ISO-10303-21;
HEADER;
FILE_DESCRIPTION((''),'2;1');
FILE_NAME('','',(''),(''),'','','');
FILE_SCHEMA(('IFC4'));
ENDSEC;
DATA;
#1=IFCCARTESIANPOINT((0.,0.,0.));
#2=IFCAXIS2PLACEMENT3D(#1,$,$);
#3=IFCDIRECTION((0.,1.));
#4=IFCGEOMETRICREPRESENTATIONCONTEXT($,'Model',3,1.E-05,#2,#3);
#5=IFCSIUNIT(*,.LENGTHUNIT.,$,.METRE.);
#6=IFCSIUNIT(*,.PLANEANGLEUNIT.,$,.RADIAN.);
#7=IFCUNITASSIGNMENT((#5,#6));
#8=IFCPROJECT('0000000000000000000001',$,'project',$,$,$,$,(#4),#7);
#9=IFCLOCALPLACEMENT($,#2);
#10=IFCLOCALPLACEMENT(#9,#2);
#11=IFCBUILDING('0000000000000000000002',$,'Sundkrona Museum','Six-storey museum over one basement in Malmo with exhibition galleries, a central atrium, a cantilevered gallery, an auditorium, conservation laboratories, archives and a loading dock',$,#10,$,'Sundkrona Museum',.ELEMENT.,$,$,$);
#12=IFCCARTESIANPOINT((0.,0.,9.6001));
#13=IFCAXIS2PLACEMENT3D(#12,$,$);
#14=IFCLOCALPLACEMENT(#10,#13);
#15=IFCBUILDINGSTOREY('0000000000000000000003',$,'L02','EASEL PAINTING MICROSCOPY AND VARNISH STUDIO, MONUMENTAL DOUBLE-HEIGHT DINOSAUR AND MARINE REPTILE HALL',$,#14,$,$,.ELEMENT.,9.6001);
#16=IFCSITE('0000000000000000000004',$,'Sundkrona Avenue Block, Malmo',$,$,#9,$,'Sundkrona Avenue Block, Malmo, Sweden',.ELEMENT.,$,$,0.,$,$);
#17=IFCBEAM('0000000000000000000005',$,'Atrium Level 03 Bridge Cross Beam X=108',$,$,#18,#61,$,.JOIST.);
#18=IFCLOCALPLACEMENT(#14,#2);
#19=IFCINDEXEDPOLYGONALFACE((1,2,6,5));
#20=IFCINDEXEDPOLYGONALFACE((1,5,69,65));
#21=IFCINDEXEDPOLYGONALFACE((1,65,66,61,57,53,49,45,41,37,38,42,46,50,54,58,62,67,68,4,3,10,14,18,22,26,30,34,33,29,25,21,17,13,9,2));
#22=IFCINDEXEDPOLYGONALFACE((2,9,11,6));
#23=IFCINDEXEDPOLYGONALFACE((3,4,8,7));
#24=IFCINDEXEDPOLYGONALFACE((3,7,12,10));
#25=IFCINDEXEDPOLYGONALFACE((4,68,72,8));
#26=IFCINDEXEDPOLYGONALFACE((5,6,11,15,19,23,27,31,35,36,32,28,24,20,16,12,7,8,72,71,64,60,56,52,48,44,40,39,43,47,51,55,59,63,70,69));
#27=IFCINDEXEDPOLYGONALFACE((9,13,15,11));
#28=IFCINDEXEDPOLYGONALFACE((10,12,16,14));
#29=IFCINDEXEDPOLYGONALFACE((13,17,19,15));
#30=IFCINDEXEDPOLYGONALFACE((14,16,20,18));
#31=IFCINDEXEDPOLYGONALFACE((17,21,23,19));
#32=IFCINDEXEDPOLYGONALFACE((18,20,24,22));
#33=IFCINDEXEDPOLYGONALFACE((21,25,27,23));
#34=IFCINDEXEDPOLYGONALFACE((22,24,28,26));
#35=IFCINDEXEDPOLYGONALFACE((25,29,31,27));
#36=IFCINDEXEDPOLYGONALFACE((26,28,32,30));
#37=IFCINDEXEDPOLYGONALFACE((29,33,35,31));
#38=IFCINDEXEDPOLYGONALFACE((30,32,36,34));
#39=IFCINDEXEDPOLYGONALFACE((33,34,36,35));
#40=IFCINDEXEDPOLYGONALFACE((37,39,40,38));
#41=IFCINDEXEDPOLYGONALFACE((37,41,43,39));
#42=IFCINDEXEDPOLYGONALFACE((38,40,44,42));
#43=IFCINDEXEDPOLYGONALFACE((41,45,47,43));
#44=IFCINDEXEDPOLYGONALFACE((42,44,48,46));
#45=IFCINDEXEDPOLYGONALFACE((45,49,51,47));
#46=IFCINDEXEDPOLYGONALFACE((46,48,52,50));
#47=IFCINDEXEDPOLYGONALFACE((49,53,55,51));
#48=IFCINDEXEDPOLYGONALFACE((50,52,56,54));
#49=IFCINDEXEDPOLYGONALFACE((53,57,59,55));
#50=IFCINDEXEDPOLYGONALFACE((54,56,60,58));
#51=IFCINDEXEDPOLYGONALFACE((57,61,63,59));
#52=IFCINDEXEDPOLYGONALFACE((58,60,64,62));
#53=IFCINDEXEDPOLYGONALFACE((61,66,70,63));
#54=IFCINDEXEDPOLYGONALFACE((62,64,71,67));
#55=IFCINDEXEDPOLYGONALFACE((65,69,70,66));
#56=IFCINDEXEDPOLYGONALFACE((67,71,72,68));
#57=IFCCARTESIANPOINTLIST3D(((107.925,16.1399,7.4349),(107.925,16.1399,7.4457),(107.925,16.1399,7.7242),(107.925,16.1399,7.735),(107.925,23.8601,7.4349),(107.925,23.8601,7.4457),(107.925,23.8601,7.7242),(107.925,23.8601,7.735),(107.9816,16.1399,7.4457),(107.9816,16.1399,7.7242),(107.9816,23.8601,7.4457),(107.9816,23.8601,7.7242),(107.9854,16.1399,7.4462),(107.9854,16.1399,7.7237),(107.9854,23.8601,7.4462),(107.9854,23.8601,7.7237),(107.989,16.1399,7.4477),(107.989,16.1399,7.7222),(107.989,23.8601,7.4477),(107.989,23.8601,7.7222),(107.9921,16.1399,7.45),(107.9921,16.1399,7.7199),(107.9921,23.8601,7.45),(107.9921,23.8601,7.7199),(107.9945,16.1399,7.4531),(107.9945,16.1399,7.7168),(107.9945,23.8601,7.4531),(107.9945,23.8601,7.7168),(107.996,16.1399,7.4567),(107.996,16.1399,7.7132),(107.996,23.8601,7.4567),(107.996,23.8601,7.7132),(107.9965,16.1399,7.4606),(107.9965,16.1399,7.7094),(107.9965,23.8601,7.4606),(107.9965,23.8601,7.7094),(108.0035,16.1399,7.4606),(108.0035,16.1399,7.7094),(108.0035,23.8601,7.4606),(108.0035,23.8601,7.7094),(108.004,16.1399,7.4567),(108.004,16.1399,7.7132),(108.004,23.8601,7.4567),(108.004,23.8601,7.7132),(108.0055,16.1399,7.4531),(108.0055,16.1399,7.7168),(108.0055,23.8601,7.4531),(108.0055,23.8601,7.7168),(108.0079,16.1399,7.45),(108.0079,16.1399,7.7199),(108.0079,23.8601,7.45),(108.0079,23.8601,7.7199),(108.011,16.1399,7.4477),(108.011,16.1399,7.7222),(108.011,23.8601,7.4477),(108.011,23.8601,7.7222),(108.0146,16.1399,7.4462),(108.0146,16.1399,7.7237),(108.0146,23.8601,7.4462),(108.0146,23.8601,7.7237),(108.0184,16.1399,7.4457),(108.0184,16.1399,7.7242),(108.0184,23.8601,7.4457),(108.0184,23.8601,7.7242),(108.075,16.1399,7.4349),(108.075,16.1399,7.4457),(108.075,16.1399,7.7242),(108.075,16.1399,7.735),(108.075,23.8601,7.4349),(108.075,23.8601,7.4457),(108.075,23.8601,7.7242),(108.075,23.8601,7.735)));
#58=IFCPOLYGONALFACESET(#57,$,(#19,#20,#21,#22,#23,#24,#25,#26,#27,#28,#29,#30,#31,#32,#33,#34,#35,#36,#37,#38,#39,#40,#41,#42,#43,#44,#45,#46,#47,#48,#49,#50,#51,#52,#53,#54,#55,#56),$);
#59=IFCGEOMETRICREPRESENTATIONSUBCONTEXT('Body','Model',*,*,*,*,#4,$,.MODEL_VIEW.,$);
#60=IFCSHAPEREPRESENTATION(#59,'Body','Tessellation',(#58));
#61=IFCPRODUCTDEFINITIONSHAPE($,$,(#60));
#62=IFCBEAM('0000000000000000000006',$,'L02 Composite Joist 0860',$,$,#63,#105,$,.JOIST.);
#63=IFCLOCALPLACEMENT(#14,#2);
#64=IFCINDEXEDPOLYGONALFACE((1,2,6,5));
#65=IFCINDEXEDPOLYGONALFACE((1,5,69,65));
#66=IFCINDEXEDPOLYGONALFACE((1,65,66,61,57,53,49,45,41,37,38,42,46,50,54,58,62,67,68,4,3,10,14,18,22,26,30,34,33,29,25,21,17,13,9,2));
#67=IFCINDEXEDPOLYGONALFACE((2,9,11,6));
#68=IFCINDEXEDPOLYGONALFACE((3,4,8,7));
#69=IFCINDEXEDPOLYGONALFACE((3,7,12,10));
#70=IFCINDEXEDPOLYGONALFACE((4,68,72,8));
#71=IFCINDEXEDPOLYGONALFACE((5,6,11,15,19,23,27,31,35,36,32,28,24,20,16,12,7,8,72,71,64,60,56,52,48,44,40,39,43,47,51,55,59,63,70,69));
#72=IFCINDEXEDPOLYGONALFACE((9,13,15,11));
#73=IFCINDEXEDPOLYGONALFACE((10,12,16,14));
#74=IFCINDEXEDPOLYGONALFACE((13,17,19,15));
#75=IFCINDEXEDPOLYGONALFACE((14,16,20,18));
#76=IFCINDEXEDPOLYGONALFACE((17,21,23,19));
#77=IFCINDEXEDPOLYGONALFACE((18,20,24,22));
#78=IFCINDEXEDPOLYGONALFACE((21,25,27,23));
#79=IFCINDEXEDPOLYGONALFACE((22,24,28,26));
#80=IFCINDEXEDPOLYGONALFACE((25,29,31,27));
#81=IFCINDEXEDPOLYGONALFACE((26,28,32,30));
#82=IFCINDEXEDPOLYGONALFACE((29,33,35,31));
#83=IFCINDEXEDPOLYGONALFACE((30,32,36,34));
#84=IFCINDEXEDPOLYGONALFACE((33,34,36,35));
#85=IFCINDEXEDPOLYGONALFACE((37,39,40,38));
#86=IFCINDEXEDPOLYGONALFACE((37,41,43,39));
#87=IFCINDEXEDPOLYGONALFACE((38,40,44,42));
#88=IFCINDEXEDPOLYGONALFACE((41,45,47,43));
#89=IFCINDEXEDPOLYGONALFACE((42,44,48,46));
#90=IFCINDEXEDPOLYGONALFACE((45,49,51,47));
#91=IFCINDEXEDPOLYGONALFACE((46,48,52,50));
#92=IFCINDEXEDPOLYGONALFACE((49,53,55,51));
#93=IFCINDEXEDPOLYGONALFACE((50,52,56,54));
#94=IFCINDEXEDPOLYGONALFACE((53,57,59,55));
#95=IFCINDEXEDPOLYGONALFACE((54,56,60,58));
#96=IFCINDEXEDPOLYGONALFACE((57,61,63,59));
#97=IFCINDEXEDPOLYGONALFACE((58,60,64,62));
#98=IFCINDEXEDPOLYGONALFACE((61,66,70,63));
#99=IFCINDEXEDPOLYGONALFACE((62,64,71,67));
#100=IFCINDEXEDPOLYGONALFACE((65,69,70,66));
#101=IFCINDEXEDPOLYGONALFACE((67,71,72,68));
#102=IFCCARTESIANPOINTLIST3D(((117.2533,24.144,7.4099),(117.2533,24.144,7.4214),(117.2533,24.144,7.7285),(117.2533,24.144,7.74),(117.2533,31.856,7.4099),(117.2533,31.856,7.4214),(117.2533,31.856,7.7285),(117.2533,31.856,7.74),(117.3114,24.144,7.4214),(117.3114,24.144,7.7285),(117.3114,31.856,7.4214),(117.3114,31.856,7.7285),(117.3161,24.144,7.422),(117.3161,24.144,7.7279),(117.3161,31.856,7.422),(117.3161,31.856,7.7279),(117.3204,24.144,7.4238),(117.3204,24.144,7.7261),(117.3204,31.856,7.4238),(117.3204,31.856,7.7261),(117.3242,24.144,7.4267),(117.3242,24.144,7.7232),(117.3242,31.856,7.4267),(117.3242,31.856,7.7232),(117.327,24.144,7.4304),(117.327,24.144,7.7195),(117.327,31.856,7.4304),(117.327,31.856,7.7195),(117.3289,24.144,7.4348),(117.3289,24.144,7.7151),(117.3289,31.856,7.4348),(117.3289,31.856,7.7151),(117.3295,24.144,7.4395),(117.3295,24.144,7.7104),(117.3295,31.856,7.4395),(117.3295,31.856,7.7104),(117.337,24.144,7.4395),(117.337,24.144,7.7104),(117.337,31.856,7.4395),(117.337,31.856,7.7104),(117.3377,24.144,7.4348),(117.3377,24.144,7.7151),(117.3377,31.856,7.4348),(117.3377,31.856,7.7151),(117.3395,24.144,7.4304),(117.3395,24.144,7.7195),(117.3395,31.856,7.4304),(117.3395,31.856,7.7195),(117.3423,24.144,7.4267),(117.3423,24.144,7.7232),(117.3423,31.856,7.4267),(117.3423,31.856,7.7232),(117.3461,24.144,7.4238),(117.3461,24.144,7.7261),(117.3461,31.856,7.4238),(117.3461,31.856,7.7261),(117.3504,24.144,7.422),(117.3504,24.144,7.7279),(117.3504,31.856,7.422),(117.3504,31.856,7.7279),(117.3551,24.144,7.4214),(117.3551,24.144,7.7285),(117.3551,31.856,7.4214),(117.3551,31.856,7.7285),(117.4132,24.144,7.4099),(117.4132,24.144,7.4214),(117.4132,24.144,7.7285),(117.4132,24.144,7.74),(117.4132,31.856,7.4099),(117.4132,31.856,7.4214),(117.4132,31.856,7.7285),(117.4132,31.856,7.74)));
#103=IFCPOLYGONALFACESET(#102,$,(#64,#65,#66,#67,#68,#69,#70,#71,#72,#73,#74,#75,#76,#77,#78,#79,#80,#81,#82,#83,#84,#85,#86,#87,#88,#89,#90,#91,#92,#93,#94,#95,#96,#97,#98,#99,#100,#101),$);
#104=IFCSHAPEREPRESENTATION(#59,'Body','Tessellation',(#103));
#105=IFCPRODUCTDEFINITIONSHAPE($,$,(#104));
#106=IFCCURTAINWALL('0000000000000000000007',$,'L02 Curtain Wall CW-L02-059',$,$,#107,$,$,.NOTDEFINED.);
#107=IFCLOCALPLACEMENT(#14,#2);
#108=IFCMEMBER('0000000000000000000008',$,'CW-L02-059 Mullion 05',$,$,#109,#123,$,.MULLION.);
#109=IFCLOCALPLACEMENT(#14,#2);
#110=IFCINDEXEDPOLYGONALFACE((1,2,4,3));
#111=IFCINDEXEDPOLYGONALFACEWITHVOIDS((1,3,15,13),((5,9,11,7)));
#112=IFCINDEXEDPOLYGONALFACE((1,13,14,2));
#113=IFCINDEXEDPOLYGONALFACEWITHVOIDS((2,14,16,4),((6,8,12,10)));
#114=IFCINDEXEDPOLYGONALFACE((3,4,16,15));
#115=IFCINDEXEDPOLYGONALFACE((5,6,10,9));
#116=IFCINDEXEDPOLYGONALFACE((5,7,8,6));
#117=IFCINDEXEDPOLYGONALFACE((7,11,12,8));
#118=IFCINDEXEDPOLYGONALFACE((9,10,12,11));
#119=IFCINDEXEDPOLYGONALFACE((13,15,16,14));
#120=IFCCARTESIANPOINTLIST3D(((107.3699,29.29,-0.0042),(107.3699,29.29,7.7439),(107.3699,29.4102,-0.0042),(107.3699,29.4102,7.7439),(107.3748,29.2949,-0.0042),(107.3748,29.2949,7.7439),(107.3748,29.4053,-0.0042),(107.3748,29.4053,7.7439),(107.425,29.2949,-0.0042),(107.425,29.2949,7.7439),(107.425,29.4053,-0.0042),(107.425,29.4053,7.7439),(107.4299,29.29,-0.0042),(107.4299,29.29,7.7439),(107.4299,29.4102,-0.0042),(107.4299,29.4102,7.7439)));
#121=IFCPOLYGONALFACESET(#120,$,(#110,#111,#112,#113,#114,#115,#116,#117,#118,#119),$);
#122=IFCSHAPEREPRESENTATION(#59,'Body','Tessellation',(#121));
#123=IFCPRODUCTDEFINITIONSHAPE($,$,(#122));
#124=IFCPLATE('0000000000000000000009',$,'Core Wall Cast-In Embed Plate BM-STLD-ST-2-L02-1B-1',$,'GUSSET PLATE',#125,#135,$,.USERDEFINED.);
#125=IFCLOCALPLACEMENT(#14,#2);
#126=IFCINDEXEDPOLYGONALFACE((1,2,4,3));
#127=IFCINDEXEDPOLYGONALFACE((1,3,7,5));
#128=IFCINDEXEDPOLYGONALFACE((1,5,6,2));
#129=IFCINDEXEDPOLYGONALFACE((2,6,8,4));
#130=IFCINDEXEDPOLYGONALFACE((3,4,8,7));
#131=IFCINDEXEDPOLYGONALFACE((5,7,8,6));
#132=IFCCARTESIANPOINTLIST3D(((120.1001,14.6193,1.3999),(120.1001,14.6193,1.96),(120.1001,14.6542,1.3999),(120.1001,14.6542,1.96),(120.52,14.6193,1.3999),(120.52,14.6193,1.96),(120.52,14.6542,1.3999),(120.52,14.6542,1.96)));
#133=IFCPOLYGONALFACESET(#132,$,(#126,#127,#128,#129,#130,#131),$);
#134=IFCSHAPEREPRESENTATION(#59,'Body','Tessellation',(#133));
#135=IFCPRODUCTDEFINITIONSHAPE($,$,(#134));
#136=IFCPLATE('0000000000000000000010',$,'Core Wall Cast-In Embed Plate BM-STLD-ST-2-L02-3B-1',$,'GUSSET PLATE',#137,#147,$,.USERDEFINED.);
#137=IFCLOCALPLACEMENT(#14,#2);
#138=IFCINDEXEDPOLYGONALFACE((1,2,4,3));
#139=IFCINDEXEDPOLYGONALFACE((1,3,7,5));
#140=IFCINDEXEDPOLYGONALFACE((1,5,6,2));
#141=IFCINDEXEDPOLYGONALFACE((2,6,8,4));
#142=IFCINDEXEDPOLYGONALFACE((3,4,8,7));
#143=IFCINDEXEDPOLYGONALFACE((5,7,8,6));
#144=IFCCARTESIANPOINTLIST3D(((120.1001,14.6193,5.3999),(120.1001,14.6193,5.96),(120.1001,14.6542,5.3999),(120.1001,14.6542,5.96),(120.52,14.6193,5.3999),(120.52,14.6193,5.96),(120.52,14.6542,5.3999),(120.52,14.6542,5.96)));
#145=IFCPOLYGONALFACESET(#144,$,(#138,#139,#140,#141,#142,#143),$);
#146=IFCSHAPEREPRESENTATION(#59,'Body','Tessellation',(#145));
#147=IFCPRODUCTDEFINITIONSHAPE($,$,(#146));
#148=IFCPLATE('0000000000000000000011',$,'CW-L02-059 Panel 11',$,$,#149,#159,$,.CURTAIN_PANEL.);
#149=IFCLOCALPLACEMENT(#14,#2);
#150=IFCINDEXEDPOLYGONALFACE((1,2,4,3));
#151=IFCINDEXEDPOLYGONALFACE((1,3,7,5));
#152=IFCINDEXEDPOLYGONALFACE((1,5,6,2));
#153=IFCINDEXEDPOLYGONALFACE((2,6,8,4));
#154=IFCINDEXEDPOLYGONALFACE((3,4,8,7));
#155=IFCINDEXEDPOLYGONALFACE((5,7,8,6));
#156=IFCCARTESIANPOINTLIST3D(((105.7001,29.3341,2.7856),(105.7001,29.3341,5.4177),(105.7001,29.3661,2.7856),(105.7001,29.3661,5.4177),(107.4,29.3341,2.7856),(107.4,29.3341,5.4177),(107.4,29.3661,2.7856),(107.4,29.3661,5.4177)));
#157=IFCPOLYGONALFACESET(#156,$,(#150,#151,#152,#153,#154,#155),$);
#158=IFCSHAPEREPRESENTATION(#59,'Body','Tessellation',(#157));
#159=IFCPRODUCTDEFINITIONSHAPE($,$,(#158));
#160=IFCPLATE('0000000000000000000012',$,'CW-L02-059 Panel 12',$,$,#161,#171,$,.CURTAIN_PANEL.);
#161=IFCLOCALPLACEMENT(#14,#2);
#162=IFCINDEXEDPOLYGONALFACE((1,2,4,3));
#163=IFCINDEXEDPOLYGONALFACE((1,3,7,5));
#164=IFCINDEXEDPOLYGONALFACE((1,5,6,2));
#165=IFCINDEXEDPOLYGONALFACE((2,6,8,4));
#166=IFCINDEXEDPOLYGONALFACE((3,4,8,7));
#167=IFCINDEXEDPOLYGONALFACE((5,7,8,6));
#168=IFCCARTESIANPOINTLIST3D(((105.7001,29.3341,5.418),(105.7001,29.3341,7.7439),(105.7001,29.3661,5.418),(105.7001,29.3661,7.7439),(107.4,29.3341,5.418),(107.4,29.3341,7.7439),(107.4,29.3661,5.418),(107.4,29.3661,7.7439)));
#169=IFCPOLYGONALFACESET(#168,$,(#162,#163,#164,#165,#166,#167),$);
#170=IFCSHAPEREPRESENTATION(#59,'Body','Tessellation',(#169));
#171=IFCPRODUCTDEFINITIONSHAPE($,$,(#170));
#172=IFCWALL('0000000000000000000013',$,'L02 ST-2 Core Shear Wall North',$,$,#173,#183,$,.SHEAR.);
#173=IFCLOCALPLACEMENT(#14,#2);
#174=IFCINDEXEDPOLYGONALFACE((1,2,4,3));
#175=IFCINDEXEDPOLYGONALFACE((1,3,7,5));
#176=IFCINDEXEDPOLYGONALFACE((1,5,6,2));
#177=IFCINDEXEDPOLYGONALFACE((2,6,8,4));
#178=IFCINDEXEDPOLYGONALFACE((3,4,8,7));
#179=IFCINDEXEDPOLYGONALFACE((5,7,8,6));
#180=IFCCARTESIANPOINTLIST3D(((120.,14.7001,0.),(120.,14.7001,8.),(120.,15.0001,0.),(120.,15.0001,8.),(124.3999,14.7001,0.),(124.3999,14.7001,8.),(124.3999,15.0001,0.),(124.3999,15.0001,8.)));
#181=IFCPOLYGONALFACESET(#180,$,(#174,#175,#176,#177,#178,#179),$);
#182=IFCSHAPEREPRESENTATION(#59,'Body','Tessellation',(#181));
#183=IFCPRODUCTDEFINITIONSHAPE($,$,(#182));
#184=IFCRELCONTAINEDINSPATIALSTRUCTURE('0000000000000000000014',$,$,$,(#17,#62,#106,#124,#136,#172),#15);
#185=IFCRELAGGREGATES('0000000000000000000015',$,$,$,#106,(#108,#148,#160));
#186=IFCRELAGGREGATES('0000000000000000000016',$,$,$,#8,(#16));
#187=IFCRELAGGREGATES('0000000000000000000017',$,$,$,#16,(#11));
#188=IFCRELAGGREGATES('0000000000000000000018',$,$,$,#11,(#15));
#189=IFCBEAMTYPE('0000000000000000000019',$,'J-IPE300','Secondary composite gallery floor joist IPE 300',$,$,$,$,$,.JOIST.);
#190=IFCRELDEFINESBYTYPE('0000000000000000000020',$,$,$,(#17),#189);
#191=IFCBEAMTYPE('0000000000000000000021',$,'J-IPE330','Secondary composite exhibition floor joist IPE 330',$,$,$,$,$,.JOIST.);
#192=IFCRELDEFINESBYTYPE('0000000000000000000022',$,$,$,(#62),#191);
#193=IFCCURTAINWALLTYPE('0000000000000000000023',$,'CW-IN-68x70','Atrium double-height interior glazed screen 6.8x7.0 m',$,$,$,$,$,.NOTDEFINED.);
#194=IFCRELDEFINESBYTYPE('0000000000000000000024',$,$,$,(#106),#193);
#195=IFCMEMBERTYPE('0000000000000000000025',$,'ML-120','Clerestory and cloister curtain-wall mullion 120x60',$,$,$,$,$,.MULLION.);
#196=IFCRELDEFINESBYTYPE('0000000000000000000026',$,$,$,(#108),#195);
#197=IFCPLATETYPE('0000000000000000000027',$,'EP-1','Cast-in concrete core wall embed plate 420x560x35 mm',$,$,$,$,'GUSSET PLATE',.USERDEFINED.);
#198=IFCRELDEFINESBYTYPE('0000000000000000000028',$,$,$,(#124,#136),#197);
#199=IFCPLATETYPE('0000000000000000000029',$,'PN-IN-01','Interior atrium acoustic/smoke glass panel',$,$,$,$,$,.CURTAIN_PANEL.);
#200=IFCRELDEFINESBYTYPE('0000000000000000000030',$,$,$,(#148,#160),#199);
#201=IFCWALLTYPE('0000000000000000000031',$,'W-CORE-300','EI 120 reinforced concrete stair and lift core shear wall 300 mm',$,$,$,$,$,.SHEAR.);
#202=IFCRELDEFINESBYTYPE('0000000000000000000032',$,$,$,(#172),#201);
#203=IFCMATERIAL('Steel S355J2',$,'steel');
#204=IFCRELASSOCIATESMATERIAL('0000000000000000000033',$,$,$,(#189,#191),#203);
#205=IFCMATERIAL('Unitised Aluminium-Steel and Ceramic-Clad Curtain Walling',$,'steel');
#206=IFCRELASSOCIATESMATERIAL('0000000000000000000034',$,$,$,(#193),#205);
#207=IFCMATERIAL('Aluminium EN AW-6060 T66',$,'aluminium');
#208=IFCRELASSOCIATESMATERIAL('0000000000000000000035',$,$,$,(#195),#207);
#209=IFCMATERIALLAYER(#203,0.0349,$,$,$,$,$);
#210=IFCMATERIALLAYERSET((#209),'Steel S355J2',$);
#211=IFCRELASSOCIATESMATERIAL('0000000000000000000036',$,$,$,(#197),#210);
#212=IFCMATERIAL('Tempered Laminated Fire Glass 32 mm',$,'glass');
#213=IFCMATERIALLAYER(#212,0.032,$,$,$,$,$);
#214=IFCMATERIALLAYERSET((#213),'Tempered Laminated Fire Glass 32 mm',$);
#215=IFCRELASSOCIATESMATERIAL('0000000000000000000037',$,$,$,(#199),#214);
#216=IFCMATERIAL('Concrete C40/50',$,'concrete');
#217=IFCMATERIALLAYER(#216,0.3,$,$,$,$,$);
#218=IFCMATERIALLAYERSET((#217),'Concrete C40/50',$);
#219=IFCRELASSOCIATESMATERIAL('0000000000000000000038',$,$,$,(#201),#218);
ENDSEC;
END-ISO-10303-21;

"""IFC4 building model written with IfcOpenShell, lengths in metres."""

from ifc_helpers import new_model, si_unit, direction, frame, frame_2d, origin, origin_2d, place, context, subcontext, project, spatial, rectangle, hollow_rectangle, i_section, extrude, material, layer, layer_set, material_profile, profile_set, type_object, element, aggregate, save


model = new_model("IFC4")

# Units and contexts
model_context = context("Model", 3, precision=1e-05, world=origin(), true_north=direction((0.0, 1.0)))
body_context = subcontext(model_context, "Body", "Model", "MODEL_VIEW")
ifc_project = project(units=[si_unit("LENGTHUNIT", "METRE"), si_unit("PLANEANGLEUNIT", "RADIAN")], contexts=[model_context])

# Site, building, storey
site_placement = place(None, origin())
site = spatial("IfcSite", under=ifc_project, at=site_placement, Name="Sundkrona Avenue Block, Malmo", LongName="Sundkrona Avenue Block, Malmo, Sweden", CompositionType="ELEMENT", RefElevation=0.0)
building_placement = place(site_placement, origin())
building = spatial("IfcBuilding", under=site, at=building_placement, Name="Sundkrona Museum", Description="Six-storey museum over one basement in Malmo with exhibition galleries, a central atrium, a cantilevered gallery, an auditorium, conservation laboratories, archives and a loading dock", LongName="Sundkrona Museum", CompositionType="ELEMENT")
storey_placement = place(building_placement, frame((0.0, 0.0, 9.6001)))
storey = spatial("IfcBuildingStorey", under=building, at=storey_placement, Name="L02", Description="EASEL PAINTING MICROSCOPY AND VARNISH STUDIO, MONUMENTAL DOUBLE-HEIGHT DINOSAUR AND MARINE REPTILE HALL", CompositionType="ELEMENT", Elevation=9.6001)

# Shared definitions
ifc_material_1 = material(Name="Steel S355J2", Category="steel")

# Beams
ifc_material_profile_1 = material_profile(ifc_material_1, i_section(OverallWidth=0.1499, OverallDepth=0.3, WebThickness=0.0071, FlangeThickness=0.0107, FilletRadius=0.0149, at=origin_2d()), Name="IPE 300")
ifc_profile_set_1 = profile_set([ifc_material_profile_1], Name="Steel S355J2")
beam_type_1 = type_object("IfcBeamType", Name="J-IPE300", Description="Secondary composite gallery floor joist IPE 300", PredefinedType="JOIST", material=ifc_profile_set_1)
beam_1_placement = place(storey_placement, frame((108.0, 16.1399, 7.585), z_axis=(0.0, 1.0, 0.0), x_axis=(-1.0, 0.0, 0.0)))
element("IfcBeam", 1, at=beam_1_placement, inside=storey, type_object=beam_type_1, Name="Atrium Level 03 Bridge Cross Beam X=108", PredefinedType="JOIST", context=body_context, shape_type="SweptSolid", body=[
    extrude(i_section(OverallWidth=0.1499, OverallDepth=0.3, WebThickness=0.0071, FlangeThickness=0.0107, FilletRadius=0.0149, at=origin_2d()), origin(), (0.0, 0.0, 1.0), 7.7202),
])
ifc_material_profile_2 = material_profile(ifc_material_1, i_section(OverallWidth=0.1599, OverallDepth=0.3301, WebThickness=0.0076, FlangeThickness=0.0115, FilletRadius=0.0181, at=origin_2d()), Name="IPE 330")
ifc_profile_set_2 = profile_set([ifc_material_profile_2], Name="Steel S355J2")
beam_type_2 = type_object("IfcBeamType", Name="J-IPE330", Description="Secondary composite exhibition floor joist IPE 330", PredefinedType="JOIST", material=ifc_profile_set_2)
beam_2_placement = place(storey_placement, frame((117.3333, 24.144, 7.575), z_axis=(0.0, 1.0, 0.0), x_axis=(-1.0, 0.0, 0.0)))
element("IfcBeam", 2, at=beam_2_placement, inside=storey, type_object=beam_type_2, Name="L02 Composite Joist 0860", PredefinedType="JOIST", context=body_context, shape_type="SweptSolid", body=[
    extrude(i_section(OverallWidth=0.1599, OverallDepth=0.3301, WebThickness=0.0076, FlangeThickness=0.0115, FilletRadius=0.0181, at=origin_2d()), origin(), (0.0, 0.0, 1.0), 7.7119),
])

# Curtain wall, member
ifc_material_2 = material(Name="Unitised Aluminium-Steel and Ceramic-Clad Curtain Walling", Category="steel")
curtain_wall_type = type_object("IfcCurtainWallType", Name="CW-IN-68x70", Description="Atrium double-height interior glazed screen 6.8x7.0 m", PredefinedType="NOTDEFINED", material=ifc_material_2)
curtain_wall_placement = place(storey_placement, origin())
curtain_wall = element("IfcCurtainWall", 3, at=curtain_wall_placement, inside=storey, type_object=curtain_wall_type, Name="L02 Curtain Wall CW-L02-059", PredefinedType="NOTDEFINED")
ifc_material_3 = material(Name="Aluminium EN AW-6060 T66", Category="aluminium")
ifc_material_profile_3 = material_profile(ifc_material_3, hollow_rectangle(XDim=0.0601, YDim=0.1201, WallThickness=0.0049, at=origin_2d()), Name="RHS 120x60x5.0")
ifc_profile_set_3 = profile_set([ifc_material_profile_3], Name="Aluminium EN AW-6060 T66")
member_type = type_object("IfcMemberType", Name="ML-120", Description="Clerestory and cloister curtain-wall mullion 120x60", PredefinedType="MULLION", material=ifc_profile_set_3)
member_placement = place(storey_placement, frame((107.3999, 29.3501, -0.0042), z_axis=(0.0, 0.0, 1.0), x_axis=(1.0, 0.0, 0.0)))
member = element("IfcMember", 4, at=member_placement, type_object=member_type, Name="CW-L02-059 Mullion 05", PredefinedType="MULLION", context=body_context, shape_type="SweptSolid", body=[
    extrude(hollow_rectangle(XDim=0.0601, YDim=0.1201, WallThickness=0.0049, at=origin_2d()), origin(), (0.0, 0.0, 1.0), 7.748),
])

# Plates
ifc_layer_1 = layer(ifc_material_1, 0.0349)
ifc_layer_set_1 = layer_set([ifc_layer_1], Name="Steel S355J2")
plate_type_1 = type_object("IfcPlateType", Name="EP-1", Description="Cast-in concrete core wall embed plate 420x560x35 mm", ElementType="GUSSET PLATE", PredefinedType="USERDEFINED", material=ifc_layer_set_1)
for number, where, z_axis, x_axis, name in (
    (5, (120.3101, 14.6367, 1.3999), (0.0, 0.0, 1.0), (1.0, 0.0, 0.0), "Core Wall Cast-In Embed Plate BM-STLD-ST-2-L02-1B-1"),
    (6, (120.3101, 14.6367, 5.3999), (0.0, 0.0, 1.0), (1.0, 0.0, 0.0), "Core Wall Cast-In Embed Plate BM-STLD-ST-2-L02-3B-1"),
):
    element("IfcPlate", number, at=place(storey_placement, frame(where, z_axis=z_axis, x_axis=x_axis)), inside=storey, type_object=plate_type_1, Name=name, ObjectType="GUSSET PLATE", PredefinedType="USERDEFINED", context=body_context, shape_type="SweptSolid", body=[
        extrude(rectangle(XDim=0.4199, YDim=0.0349, at=origin_2d()), origin(), (0.0, 0.0, 1.0), 0.5601),
    ])

# Plates
ifc_material_4 = material(Name="Tempered Laminated Fire Glass 32 mm", Category="glass")
ifc_layer_2 = layer(ifc_material_4, 0.032)
ifc_layer_set_2 = layer_set([ifc_layer_2], Name="Tempered Laminated Fire Glass 32 mm")
plate_type_2 = type_object("IfcPlateType", Name="PN-IN-01", Description="Interior atrium acoustic/smoke glass panel", PredefinedType="CURTAIN_PANEL", material=ifc_layer_set_2)
plate_1_placement = place(storey_placement, frame((106.55, 29.3501, 2.7856), z_axis=(0.0, 0.0, 1.0), x_axis=(1.0, 0.0, 0.0)))
plate_1 = element("IfcPlate", 7, at=plate_1_placement, type_object=plate_type_2, Name="CW-L02-059 Panel 11", PredefinedType="CURTAIN_PANEL", context=body_context, shape_type="SweptSolid", body=[
    extrude(rectangle(XDim=1.7, YDim=0.032, at=origin_2d()), origin(), (0.0, 0.0, 1.0), 2.6321),
])
plate_2_placement = place(storey_placement, frame((106.55, 29.3501, 5.418), z_axis=(0.0, 0.0, 1.0), x_axis=(1.0, 0.0, 0.0)))
plate_2 = element("IfcPlate", 8, at=plate_2_placement, type_object=plate_type_2, Name="CW-L02-059 Panel 12", PredefinedType="CURTAIN_PANEL", context=body_context, shape_type="SweptSolid", body=[
    extrude(rectangle(XDim=1.7, YDim=0.032, at=origin_2d()), origin(), (0.0, 0.0, 1.0), 2.3259),
])
aggregate(curtain_wall, [member, plate_1, plate_2])

# Wall
ifc_material_5 = material(Name="Concrete C40/50", Category="concrete")
ifc_layer_3 = layer(ifc_material_5, 0.3)
ifc_layer_set_3 = layer_set([ifc_layer_3], Name="Concrete C40/50")
wall_type = type_object("IfcWallType", Name="W-CORE-300", Description="EI 120 reinforced concrete stair and lift core shear wall 300 mm", PredefinedType="SHEAR", material=ifc_layer_set_3)
wall_placement = place(storey_placement, frame((120.0, 14.8501, 0.0), z_axis=(0.0, 0.0, 1.0), x_axis=(1.0, 0.0, 0.0)))
element("IfcWall", 9, at=wall_placement, inside=storey, type_object=wall_type, Name="L02 ST-2 Core Shear Wall North", PredefinedType="SHEAR", context=body_context, shape_type="SweptSolid", body=[
    extrude(rectangle(XDim=4.3999, YDim=0.3, at=frame_2d((2.2, 0.0))), origin(), (0.0, 0.0, 1.0), 8.0),
])

save(model, "model.ifc")
